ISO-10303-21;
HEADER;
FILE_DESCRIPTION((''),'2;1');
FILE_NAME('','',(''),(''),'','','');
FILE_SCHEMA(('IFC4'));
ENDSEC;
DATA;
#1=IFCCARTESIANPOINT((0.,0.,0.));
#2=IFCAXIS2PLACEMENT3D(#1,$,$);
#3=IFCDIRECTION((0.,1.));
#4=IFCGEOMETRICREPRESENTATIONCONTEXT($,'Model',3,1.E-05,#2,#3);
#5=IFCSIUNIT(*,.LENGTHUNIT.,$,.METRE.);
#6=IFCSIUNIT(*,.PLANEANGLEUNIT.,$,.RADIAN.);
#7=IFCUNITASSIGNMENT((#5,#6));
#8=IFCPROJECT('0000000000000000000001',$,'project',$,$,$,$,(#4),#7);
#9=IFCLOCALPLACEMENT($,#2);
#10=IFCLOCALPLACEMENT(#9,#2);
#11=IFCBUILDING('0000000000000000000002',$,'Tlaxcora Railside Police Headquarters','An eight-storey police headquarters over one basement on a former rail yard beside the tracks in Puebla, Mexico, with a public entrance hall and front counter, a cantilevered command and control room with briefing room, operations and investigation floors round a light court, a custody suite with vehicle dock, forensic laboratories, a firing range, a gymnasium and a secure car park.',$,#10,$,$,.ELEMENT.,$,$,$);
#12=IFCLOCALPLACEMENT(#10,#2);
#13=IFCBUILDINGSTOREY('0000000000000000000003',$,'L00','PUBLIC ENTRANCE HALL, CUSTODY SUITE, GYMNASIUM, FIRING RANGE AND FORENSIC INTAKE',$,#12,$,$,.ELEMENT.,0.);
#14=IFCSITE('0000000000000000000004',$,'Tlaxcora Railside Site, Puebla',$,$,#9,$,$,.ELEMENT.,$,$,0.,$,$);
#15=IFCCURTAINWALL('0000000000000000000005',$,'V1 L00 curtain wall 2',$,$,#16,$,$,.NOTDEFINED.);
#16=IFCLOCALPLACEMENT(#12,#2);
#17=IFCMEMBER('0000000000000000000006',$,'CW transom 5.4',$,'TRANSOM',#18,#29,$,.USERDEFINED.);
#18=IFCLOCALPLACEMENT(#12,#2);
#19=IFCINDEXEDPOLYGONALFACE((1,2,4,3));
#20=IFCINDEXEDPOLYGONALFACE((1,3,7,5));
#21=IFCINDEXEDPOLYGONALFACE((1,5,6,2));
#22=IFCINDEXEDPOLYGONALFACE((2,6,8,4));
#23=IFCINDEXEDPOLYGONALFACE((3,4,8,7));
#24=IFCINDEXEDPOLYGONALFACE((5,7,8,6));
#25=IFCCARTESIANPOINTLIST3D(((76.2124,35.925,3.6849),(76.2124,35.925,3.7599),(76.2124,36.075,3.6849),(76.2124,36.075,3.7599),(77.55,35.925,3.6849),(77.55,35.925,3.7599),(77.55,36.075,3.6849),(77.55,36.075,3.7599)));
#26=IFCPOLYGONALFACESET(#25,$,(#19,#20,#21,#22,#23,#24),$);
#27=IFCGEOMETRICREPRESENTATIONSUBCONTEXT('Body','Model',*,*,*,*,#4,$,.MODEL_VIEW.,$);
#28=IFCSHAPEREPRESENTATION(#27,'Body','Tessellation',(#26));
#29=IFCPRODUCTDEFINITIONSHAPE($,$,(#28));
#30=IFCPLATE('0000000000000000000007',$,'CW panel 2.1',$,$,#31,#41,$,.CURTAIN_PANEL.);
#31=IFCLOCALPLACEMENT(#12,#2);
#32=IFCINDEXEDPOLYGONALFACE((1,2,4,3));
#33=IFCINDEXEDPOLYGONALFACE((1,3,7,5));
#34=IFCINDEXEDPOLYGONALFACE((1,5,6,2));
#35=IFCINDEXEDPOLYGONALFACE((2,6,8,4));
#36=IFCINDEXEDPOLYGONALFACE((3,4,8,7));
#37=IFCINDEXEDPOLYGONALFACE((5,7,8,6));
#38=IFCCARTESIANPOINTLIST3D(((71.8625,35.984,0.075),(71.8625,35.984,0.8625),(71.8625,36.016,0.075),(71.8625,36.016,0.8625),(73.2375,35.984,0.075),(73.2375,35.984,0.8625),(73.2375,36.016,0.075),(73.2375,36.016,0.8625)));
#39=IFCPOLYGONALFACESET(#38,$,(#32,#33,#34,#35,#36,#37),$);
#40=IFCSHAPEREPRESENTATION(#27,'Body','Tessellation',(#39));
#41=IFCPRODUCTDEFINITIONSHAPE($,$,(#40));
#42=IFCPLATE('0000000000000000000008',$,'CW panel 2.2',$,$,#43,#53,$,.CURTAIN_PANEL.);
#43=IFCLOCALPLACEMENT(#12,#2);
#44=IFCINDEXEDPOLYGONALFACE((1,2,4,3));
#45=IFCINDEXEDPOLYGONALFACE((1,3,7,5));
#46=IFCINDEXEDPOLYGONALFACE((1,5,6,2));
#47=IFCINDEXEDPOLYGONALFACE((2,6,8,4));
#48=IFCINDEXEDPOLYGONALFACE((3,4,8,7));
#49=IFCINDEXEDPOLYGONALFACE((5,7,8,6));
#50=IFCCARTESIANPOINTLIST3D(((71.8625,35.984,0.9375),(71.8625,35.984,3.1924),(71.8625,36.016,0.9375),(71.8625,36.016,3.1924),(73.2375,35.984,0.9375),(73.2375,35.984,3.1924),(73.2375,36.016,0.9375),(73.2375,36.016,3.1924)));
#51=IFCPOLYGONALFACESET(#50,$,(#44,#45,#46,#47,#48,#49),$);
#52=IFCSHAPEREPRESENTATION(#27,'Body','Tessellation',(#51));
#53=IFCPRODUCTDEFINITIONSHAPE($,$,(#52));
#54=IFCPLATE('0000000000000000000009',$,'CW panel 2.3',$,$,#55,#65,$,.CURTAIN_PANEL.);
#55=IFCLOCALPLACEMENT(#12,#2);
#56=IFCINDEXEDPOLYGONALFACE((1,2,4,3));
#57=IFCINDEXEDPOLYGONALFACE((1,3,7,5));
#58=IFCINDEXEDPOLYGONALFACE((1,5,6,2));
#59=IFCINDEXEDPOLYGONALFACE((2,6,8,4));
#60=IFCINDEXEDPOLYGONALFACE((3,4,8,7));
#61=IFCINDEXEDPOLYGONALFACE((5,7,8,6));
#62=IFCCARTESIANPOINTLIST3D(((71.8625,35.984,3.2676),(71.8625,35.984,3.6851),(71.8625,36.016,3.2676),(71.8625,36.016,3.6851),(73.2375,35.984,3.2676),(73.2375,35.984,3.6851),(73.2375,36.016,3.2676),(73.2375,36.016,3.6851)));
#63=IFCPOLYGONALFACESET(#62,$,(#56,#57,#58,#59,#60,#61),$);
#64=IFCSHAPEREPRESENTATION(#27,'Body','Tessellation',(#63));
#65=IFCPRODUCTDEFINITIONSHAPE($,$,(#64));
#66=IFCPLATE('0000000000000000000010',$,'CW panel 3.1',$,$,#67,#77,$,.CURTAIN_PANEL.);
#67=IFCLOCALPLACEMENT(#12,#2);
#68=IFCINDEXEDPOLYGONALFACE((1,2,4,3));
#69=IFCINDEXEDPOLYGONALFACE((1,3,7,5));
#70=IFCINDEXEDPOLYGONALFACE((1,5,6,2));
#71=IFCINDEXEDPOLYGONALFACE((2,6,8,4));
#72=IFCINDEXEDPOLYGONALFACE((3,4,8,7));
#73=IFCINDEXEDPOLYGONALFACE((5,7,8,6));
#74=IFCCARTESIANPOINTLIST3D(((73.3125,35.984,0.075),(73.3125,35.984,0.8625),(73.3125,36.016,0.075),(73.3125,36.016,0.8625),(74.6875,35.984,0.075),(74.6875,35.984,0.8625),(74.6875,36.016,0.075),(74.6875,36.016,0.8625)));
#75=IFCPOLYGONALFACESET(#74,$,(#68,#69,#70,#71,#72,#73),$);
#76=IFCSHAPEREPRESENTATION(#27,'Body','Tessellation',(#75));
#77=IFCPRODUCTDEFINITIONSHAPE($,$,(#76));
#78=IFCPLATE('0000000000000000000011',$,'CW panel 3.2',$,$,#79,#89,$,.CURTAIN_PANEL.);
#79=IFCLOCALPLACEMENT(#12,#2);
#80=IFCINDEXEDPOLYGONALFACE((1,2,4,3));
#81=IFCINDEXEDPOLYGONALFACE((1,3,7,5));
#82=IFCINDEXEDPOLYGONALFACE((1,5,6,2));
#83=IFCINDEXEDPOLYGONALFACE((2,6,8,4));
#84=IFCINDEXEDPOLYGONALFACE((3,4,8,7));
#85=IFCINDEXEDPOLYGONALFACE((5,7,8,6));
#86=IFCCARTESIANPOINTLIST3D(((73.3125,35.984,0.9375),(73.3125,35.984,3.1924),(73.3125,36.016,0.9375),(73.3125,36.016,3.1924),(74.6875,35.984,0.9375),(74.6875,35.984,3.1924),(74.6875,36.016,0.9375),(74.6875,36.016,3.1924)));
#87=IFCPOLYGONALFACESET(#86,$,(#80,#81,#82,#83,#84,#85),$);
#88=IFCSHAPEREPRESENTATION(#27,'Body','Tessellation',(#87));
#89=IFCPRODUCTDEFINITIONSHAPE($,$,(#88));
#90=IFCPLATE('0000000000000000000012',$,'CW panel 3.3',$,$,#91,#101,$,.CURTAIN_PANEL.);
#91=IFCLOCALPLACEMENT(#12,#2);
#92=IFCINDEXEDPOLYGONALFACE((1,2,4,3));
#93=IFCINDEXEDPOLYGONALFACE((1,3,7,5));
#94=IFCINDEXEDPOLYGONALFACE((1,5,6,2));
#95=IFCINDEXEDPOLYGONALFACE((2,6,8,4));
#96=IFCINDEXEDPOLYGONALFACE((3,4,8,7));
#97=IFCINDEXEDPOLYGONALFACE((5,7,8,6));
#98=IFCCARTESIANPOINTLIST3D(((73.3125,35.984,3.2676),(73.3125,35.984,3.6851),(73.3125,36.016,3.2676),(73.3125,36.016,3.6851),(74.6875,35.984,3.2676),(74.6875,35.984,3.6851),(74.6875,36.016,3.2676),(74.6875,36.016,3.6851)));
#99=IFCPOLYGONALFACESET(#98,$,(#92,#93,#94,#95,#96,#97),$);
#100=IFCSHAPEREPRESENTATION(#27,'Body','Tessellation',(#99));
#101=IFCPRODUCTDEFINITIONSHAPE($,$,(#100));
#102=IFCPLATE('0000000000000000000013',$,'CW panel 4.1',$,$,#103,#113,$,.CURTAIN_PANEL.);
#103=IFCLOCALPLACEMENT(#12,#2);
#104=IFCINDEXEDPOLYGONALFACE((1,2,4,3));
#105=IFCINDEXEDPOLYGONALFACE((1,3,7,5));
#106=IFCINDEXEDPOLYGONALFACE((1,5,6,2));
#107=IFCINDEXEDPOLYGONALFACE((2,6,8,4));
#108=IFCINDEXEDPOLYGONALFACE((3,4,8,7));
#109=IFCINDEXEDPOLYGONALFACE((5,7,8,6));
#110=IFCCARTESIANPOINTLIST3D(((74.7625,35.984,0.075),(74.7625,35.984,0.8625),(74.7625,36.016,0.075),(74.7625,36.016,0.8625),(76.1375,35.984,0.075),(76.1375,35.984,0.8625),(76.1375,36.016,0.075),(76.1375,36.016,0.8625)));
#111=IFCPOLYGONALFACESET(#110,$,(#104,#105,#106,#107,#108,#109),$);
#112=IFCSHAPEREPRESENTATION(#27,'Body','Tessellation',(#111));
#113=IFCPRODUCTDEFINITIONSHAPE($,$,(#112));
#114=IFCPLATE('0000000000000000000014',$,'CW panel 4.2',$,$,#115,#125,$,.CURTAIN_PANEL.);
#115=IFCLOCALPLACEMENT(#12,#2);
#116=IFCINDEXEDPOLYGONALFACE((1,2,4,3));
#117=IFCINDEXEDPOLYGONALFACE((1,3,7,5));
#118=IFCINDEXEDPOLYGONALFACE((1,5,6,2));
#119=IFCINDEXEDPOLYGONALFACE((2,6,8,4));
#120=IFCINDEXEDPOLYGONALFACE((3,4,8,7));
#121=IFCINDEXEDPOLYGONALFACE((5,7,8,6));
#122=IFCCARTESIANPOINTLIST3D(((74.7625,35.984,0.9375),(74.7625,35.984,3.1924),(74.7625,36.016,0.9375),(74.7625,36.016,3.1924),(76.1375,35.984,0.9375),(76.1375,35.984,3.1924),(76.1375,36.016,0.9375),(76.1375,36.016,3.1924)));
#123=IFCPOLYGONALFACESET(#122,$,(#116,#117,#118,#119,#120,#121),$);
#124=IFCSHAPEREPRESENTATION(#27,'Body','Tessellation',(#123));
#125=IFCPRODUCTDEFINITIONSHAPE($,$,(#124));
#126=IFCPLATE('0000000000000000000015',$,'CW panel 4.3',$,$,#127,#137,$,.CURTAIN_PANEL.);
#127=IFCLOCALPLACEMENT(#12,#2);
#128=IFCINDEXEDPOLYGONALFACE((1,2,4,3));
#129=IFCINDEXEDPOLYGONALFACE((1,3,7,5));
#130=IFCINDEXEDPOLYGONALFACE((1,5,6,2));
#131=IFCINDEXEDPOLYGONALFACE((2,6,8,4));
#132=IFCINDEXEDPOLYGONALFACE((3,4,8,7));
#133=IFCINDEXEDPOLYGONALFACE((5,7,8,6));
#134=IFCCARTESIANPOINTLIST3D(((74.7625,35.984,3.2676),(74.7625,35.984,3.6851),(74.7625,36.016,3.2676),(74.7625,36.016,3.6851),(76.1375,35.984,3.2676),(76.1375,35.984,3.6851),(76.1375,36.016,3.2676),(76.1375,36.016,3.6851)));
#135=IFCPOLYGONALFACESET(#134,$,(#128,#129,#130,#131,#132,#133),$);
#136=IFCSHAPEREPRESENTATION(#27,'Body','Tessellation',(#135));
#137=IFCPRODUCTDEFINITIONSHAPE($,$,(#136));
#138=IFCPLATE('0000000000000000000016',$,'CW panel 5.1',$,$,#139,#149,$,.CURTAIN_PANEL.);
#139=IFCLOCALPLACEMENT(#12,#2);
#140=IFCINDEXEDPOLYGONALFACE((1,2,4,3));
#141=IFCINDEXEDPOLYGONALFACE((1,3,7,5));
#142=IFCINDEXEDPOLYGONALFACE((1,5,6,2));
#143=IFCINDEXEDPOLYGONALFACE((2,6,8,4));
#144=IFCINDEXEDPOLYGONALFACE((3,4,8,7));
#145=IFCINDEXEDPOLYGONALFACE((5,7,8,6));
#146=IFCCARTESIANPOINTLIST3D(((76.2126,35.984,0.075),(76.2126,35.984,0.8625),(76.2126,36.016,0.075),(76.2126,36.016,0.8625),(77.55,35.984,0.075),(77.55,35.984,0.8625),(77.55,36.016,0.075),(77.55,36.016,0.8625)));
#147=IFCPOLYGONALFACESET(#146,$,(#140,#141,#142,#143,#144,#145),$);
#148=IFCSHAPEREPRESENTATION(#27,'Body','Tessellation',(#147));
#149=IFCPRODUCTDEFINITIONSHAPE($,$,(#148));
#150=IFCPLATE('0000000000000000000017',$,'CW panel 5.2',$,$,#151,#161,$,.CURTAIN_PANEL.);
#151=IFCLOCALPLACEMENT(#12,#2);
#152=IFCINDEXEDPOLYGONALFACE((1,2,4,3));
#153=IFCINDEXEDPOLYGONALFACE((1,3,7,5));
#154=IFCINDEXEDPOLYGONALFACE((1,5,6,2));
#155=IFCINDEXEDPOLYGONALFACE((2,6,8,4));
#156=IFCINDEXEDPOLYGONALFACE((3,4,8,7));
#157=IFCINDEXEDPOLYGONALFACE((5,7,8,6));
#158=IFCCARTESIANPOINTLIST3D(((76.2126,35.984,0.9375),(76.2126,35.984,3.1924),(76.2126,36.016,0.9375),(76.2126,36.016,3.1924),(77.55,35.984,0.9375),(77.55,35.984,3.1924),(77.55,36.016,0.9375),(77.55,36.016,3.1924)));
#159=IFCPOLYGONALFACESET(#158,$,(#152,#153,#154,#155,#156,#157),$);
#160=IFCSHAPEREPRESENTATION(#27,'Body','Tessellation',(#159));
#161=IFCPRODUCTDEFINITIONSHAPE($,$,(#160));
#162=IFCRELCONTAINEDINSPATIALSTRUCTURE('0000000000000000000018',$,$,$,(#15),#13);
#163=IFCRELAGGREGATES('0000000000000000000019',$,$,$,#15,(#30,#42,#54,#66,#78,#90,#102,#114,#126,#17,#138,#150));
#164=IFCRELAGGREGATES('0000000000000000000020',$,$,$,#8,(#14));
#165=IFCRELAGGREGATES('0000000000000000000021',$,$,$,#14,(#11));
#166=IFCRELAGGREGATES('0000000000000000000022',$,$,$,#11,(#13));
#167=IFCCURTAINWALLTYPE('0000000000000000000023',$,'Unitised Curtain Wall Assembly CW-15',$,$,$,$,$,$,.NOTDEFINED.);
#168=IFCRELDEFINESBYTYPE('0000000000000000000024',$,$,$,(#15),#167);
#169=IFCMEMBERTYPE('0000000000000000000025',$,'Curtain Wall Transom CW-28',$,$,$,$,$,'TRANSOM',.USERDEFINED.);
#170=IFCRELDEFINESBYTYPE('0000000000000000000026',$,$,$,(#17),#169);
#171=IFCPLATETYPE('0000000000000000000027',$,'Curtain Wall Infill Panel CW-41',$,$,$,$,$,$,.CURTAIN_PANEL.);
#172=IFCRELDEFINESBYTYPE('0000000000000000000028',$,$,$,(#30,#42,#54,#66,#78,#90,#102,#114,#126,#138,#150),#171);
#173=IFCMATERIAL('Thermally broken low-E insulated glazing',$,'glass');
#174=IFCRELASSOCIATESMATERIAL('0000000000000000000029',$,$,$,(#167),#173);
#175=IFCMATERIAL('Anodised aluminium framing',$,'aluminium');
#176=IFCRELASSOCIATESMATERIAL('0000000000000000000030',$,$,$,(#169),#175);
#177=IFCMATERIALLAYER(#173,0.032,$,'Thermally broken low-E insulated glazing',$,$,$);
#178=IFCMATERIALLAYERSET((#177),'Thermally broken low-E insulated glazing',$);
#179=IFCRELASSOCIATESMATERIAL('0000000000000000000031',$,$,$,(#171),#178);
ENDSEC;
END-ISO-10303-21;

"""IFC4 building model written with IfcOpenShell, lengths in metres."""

from ifc_helpers import new_model, si_unit, direction, frame, origin, origin_2d, place, context, subcontext, project, spatial, rectangle, extrude, material, layer, layer_set, material_profile, profile_set, type_object, element, aggregate, save


model = new_model("IFC4")

# Units and contexts
model_context = context("Model", 3, precision=1e-05, world=origin(), true_north=direction((0.0, 1.0)))
body_context = subcontext(model_context, "Body", "Model", "MODEL_VIEW")
ifc_project = project(units=[si_unit("LENGTHUNIT", "METRE"), si_unit("PLANEANGLEUNIT", "RADIAN")], contexts=[model_context])

# Site, building, storey
site_placement = place(None, origin())
site = spatial("IfcSite", under=ifc_project, at=site_placement, Name="Tlaxcora Railside Site, Puebla", CompositionType="ELEMENT", RefElevation=0.0)
building_placement = place(site_placement, origin())
building = spatial("IfcBuilding", under=site, at=building_placement, Name="Tlaxcora Railside Police Headquarters", Description="An eight-storey police headquarters over one basement on a former rail yard beside the tracks in Puebla, Mexico, with a public entrance hall and front counter, a cantilevered command and control room with briefing room, operations and investigation floors round a light court, a custody suite with vehicle dock, forensic laboratories, a firing range, a gymnasium and a secure car park.", CompositionType="ELEMENT")
storey_placement = place(building_placement, origin())
storey = spatial("IfcBuildingStorey", under=building, at=storey_placement, Name="L00", Description="PUBLIC ENTRANCE HALL, CUSTODY SUITE, GYMNASIUM, FIRING RANGE AND FORENSIC INTAKE", CompositionType="ELEMENT", Elevation=0.0)

# Curtain wall, member, plates
ifc_material_1 = material(Name="Thermally broken low-E insulated glazing", Category="glass")
curtain_wall_type = type_object("IfcCurtainWallType", Name="Unitised Curtain Wall Assembly CW-15", PredefinedType="NOTDEFINED", material=ifc_material_1)
curtain_wall_placement = place(storey_placement, origin())
curtain_wall = element("IfcCurtainWall", 1, at=curtain_wall_placement, inside=storey, type_object=curtain_wall_type, Name="V1 L00 curtain wall 2", PredefinedType="NOTDEFINED")
ifc_material_2 = material(Name="Anodised aluminium framing", Category="aluminium")
ifc_material_profile_1 = material_profile(ifc_material_2, rectangle(XDim=0.1499, YDim=0.075, at=origin_2d()), Name="AL75X150")
ifc_profile_set_1 = profile_set([ifc_material_profile_1], Name="Anodised aluminium framing")
member_type_1 = type_object("IfcMemberType", Name="Curtain Wall Transom CW-28", ElementType="TRANSOM", PredefinedType="USERDEFINED", material=ifc_profile_set_1)
member_1_placement = place(storey_placement, frame((76.2124, 36.0, 3.7224), z_axis=(1.0, 0.0, 0.0), x_axis=(0.0, 1.0, 0.0)))
member_1 = element("IfcMember", 2, at=member_1_placement, type_object=member_type_1, Name="CW transom 5.4", ObjectType="TRANSOM", PredefinedType="USERDEFINED", context=body_context, shape_type="SweptSolid", body=[
    extrude(rectangle(XDim=0.1499, YDim=0.075, at=origin_2d()), origin(), (0.0, 0.0, 1.0), 1.3376),
])
ifc_layer = layer(ifc_material_1, 0.032, Name="Thermally broken low-E insulated glazing")
ifc_layer_set = layer_set([ifc_layer], Name="Thermally broken low-E insulated glazing")
plate_type = type_object("IfcPlateType", Name="Curtain Wall Infill Panel CW-41", PredefinedType="CURTAIN_PANEL", material=ifc_layer_set)
plate_1_placement = place(storey_placement, frame((72.55, 36.0, 0.075), z_axis=(0.0, 0.0, 1.0), x_axis=(1.0, 0.0, 0.0)))
plate_1 = element("IfcPlate", 3, at=plate_1_placement, type_object=plate_type, Name="CW panel 2.1", PredefinedType="CURTAIN_PANEL", context=body_context, shape_type="SweptSolid", body=[
    extrude(rectangle(XDim=1.375, YDim=0.032, at=origin_2d()), origin(), (0.0, 0.0, 1.0), 0.7876),
])
plate_2_placement = place(storey_placement, frame((72.55, 36.0, 0.9375), z_axis=(0.0, 0.0, 1.0), x_axis=(1.0, 0.0, 0.0)))
plate_2 = element("IfcPlate", 4, at=plate_2_placement, type_object=plate_type, Name="CW panel 2.2", PredefinedType="CURTAIN_PANEL", context=body_context, shape_type="SweptSolid", body=[
    extrude(rectangle(XDim=1.375, YDim=0.032, at=origin_2d()), origin(), (0.0, 0.0, 1.0), 2.2549),
])
plate_3_placement = place(storey_placement, frame((72.55, 36.0, 3.2676), z_axis=(0.0, 0.0, 1.0), x_axis=(1.0, 0.0, 0.0)))
plate_3 = element("IfcPlate", 5, at=plate_3_placement, type_object=plate_type, Name="CW panel 2.3", PredefinedType="CURTAIN_PANEL", context=body_context, shape_type="SweptSolid", body=[
    extrude(rectangle(XDim=1.375, YDim=0.032, at=origin_2d()), origin(), (0.0, 0.0, 1.0), 0.4175),
])
plate_4_placement = place(storey_placement, frame((74.0, 36.0, 0.075), z_axis=(0.0, 0.0, 1.0), x_axis=(1.0, 0.0, 0.0)))
plate_4 = element("IfcPlate", 6, at=plate_4_placement, type_object=plate_type, Name="CW panel 3.1", PredefinedType="CURTAIN_PANEL", context=body_context, shape_type="SweptSolid", body=[
    extrude(rectangle(XDim=1.375, YDim=0.032, at=origin_2d()), origin(), (0.0, 0.0, 1.0), 0.7876),
])
plate_5_placement = place(storey_placement, frame((74.0, 36.0, 0.9375), z_axis=(0.0, 0.0, 1.0), x_axis=(1.0, 0.0, 0.0)))
plate_5 = element("IfcPlate", 7, at=plate_5_placement, type_object=plate_type, Name="CW panel 3.2", PredefinedType="CURTAIN_PANEL", context=body_context, shape_type="SweptSolid", body=[
    extrude(rectangle(XDim=1.375, YDim=0.032, at=origin_2d()), origin(), (0.0, 0.0, 1.0), 2.2549),
])
plate_6_placement = place(storey_placement, frame((74.0, 36.0, 3.2676), z_axis=(0.0, 0.0, 1.0), x_axis=(1.0, 0.0, 0.0)))
plate_6 = element("IfcPlate", 8, at=plate_6_placement, type_object=plate_type, Name="CW panel 3.3", PredefinedType="CURTAIN_PANEL", context=body_context, shape_type="SweptSolid", body=[
    extrude(rectangle(XDim=1.375, YDim=0.032, at=origin_2d()), origin(), (0.0, 0.0, 1.0), 0.4175),
])
plate_7_placement = place(storey_placement, frame((75.45, 36.0, 0.075), z_axis=(0.0, 0.0, 1.0), x_axis=(1.0, 0.0, 0.0)))
plate_7 = element("IfcPlate", 9, at=plate_7_placement, type_object=plate_type, Name="CW panel 4.1", PredefinedType="CURTAIN_PANEL", context=body_context, shape_type="SweptSolid", body=[
    extrude(rectangle(XDim=1.375, YDim=0.032, at=origin_2d()), origin(), (0.0, 0.0, 1.0), 0.7876),
])
plate_8_placement = place(storey_placement, frame((75.45, 36.0, 0.9375), z_axis=(0.0, 0.0, 1.0), x_axis=(1.0, 0.0, 0.0)))
plate_8 = element("IfcPlate", 10, at=plate_8_placement, type_object=plate_type, Name="CW panel 4.2", PredefinedType="CURTAIN_PANEL", context=body_context, shape_type="SweptSolid", body=[
    extrude(rectangle(XDim=1.375, YDim=0.032, at=origin_2d()), origin(), (0.0, 0.0, 1.0), 2.2549),
])
plate_9_placement = place(storey_placement, frame((75.45, 36.0, 3.2676), z_axis=(0.0, 0.0, 1.0), x_axis=(1.0, 0.0, 0.0)))
plate_9 = element("IfcPlate", 11, at=plate_9_placement, type_object=plate_type, Name="CW panel 4.3", PredefinedType="CURTAIN_PANEL", context=body_context, shape_type="SweptSolid", body=[
    extrude(rectangle(XDim=1.375, YDim=0.032, at=origin_2d()), origin(), (0.0, 0.0, 1.0), 0.4175),
])
plate_10_placement = place(storey_placement, frame((76.8813, 36.0, 0.075), z_axis=(0.0, 0.0, 1.0), x_axis=(1.0, 0.0, 0.0)))
plate_10 = element("IfcPlate", 12, at=plate_10_placement, type_object=plate_type, Name="CW panel 5.1", PredefinedType="CURTAIN_PANEL", context=body_context, shape_type="SweptSolid", body=[
    extrude(rectangle(XDim=1.3374, YDim=0.032, at=origin_2d()), origin(), (0.0, 0.0, 1.0), 0.7876),
])
plate_11_placement = place(storey_placement, frame((76.8813, 36.0, 0.9375), z_axis=(0.0, 0.0, 1.0), x_axis=(1.0, 0.0, 0.0)))
plate_11 = element("IfcPlate", 13, at=plate_11_placement, type_object=plate_type, Name="CW panel 5.2", PredefinedType="CURTAIN_PANEL", context=body_context, shape_type="SweptSolid", body=[
    extrude(rectangle(XDim=1.3374, YDim=0.032, at=origin_2d()), origin(), (0.0, 0.0, 1.0), 2.2549),
])
aggregate(curtain_wall, [plate_1, plate_2, plate_3, plate_4, plate_5, plate_6, plate_7, plate_8, plate_9, member_1, plate_10, plate_11])

save(model, "model.ifc")
